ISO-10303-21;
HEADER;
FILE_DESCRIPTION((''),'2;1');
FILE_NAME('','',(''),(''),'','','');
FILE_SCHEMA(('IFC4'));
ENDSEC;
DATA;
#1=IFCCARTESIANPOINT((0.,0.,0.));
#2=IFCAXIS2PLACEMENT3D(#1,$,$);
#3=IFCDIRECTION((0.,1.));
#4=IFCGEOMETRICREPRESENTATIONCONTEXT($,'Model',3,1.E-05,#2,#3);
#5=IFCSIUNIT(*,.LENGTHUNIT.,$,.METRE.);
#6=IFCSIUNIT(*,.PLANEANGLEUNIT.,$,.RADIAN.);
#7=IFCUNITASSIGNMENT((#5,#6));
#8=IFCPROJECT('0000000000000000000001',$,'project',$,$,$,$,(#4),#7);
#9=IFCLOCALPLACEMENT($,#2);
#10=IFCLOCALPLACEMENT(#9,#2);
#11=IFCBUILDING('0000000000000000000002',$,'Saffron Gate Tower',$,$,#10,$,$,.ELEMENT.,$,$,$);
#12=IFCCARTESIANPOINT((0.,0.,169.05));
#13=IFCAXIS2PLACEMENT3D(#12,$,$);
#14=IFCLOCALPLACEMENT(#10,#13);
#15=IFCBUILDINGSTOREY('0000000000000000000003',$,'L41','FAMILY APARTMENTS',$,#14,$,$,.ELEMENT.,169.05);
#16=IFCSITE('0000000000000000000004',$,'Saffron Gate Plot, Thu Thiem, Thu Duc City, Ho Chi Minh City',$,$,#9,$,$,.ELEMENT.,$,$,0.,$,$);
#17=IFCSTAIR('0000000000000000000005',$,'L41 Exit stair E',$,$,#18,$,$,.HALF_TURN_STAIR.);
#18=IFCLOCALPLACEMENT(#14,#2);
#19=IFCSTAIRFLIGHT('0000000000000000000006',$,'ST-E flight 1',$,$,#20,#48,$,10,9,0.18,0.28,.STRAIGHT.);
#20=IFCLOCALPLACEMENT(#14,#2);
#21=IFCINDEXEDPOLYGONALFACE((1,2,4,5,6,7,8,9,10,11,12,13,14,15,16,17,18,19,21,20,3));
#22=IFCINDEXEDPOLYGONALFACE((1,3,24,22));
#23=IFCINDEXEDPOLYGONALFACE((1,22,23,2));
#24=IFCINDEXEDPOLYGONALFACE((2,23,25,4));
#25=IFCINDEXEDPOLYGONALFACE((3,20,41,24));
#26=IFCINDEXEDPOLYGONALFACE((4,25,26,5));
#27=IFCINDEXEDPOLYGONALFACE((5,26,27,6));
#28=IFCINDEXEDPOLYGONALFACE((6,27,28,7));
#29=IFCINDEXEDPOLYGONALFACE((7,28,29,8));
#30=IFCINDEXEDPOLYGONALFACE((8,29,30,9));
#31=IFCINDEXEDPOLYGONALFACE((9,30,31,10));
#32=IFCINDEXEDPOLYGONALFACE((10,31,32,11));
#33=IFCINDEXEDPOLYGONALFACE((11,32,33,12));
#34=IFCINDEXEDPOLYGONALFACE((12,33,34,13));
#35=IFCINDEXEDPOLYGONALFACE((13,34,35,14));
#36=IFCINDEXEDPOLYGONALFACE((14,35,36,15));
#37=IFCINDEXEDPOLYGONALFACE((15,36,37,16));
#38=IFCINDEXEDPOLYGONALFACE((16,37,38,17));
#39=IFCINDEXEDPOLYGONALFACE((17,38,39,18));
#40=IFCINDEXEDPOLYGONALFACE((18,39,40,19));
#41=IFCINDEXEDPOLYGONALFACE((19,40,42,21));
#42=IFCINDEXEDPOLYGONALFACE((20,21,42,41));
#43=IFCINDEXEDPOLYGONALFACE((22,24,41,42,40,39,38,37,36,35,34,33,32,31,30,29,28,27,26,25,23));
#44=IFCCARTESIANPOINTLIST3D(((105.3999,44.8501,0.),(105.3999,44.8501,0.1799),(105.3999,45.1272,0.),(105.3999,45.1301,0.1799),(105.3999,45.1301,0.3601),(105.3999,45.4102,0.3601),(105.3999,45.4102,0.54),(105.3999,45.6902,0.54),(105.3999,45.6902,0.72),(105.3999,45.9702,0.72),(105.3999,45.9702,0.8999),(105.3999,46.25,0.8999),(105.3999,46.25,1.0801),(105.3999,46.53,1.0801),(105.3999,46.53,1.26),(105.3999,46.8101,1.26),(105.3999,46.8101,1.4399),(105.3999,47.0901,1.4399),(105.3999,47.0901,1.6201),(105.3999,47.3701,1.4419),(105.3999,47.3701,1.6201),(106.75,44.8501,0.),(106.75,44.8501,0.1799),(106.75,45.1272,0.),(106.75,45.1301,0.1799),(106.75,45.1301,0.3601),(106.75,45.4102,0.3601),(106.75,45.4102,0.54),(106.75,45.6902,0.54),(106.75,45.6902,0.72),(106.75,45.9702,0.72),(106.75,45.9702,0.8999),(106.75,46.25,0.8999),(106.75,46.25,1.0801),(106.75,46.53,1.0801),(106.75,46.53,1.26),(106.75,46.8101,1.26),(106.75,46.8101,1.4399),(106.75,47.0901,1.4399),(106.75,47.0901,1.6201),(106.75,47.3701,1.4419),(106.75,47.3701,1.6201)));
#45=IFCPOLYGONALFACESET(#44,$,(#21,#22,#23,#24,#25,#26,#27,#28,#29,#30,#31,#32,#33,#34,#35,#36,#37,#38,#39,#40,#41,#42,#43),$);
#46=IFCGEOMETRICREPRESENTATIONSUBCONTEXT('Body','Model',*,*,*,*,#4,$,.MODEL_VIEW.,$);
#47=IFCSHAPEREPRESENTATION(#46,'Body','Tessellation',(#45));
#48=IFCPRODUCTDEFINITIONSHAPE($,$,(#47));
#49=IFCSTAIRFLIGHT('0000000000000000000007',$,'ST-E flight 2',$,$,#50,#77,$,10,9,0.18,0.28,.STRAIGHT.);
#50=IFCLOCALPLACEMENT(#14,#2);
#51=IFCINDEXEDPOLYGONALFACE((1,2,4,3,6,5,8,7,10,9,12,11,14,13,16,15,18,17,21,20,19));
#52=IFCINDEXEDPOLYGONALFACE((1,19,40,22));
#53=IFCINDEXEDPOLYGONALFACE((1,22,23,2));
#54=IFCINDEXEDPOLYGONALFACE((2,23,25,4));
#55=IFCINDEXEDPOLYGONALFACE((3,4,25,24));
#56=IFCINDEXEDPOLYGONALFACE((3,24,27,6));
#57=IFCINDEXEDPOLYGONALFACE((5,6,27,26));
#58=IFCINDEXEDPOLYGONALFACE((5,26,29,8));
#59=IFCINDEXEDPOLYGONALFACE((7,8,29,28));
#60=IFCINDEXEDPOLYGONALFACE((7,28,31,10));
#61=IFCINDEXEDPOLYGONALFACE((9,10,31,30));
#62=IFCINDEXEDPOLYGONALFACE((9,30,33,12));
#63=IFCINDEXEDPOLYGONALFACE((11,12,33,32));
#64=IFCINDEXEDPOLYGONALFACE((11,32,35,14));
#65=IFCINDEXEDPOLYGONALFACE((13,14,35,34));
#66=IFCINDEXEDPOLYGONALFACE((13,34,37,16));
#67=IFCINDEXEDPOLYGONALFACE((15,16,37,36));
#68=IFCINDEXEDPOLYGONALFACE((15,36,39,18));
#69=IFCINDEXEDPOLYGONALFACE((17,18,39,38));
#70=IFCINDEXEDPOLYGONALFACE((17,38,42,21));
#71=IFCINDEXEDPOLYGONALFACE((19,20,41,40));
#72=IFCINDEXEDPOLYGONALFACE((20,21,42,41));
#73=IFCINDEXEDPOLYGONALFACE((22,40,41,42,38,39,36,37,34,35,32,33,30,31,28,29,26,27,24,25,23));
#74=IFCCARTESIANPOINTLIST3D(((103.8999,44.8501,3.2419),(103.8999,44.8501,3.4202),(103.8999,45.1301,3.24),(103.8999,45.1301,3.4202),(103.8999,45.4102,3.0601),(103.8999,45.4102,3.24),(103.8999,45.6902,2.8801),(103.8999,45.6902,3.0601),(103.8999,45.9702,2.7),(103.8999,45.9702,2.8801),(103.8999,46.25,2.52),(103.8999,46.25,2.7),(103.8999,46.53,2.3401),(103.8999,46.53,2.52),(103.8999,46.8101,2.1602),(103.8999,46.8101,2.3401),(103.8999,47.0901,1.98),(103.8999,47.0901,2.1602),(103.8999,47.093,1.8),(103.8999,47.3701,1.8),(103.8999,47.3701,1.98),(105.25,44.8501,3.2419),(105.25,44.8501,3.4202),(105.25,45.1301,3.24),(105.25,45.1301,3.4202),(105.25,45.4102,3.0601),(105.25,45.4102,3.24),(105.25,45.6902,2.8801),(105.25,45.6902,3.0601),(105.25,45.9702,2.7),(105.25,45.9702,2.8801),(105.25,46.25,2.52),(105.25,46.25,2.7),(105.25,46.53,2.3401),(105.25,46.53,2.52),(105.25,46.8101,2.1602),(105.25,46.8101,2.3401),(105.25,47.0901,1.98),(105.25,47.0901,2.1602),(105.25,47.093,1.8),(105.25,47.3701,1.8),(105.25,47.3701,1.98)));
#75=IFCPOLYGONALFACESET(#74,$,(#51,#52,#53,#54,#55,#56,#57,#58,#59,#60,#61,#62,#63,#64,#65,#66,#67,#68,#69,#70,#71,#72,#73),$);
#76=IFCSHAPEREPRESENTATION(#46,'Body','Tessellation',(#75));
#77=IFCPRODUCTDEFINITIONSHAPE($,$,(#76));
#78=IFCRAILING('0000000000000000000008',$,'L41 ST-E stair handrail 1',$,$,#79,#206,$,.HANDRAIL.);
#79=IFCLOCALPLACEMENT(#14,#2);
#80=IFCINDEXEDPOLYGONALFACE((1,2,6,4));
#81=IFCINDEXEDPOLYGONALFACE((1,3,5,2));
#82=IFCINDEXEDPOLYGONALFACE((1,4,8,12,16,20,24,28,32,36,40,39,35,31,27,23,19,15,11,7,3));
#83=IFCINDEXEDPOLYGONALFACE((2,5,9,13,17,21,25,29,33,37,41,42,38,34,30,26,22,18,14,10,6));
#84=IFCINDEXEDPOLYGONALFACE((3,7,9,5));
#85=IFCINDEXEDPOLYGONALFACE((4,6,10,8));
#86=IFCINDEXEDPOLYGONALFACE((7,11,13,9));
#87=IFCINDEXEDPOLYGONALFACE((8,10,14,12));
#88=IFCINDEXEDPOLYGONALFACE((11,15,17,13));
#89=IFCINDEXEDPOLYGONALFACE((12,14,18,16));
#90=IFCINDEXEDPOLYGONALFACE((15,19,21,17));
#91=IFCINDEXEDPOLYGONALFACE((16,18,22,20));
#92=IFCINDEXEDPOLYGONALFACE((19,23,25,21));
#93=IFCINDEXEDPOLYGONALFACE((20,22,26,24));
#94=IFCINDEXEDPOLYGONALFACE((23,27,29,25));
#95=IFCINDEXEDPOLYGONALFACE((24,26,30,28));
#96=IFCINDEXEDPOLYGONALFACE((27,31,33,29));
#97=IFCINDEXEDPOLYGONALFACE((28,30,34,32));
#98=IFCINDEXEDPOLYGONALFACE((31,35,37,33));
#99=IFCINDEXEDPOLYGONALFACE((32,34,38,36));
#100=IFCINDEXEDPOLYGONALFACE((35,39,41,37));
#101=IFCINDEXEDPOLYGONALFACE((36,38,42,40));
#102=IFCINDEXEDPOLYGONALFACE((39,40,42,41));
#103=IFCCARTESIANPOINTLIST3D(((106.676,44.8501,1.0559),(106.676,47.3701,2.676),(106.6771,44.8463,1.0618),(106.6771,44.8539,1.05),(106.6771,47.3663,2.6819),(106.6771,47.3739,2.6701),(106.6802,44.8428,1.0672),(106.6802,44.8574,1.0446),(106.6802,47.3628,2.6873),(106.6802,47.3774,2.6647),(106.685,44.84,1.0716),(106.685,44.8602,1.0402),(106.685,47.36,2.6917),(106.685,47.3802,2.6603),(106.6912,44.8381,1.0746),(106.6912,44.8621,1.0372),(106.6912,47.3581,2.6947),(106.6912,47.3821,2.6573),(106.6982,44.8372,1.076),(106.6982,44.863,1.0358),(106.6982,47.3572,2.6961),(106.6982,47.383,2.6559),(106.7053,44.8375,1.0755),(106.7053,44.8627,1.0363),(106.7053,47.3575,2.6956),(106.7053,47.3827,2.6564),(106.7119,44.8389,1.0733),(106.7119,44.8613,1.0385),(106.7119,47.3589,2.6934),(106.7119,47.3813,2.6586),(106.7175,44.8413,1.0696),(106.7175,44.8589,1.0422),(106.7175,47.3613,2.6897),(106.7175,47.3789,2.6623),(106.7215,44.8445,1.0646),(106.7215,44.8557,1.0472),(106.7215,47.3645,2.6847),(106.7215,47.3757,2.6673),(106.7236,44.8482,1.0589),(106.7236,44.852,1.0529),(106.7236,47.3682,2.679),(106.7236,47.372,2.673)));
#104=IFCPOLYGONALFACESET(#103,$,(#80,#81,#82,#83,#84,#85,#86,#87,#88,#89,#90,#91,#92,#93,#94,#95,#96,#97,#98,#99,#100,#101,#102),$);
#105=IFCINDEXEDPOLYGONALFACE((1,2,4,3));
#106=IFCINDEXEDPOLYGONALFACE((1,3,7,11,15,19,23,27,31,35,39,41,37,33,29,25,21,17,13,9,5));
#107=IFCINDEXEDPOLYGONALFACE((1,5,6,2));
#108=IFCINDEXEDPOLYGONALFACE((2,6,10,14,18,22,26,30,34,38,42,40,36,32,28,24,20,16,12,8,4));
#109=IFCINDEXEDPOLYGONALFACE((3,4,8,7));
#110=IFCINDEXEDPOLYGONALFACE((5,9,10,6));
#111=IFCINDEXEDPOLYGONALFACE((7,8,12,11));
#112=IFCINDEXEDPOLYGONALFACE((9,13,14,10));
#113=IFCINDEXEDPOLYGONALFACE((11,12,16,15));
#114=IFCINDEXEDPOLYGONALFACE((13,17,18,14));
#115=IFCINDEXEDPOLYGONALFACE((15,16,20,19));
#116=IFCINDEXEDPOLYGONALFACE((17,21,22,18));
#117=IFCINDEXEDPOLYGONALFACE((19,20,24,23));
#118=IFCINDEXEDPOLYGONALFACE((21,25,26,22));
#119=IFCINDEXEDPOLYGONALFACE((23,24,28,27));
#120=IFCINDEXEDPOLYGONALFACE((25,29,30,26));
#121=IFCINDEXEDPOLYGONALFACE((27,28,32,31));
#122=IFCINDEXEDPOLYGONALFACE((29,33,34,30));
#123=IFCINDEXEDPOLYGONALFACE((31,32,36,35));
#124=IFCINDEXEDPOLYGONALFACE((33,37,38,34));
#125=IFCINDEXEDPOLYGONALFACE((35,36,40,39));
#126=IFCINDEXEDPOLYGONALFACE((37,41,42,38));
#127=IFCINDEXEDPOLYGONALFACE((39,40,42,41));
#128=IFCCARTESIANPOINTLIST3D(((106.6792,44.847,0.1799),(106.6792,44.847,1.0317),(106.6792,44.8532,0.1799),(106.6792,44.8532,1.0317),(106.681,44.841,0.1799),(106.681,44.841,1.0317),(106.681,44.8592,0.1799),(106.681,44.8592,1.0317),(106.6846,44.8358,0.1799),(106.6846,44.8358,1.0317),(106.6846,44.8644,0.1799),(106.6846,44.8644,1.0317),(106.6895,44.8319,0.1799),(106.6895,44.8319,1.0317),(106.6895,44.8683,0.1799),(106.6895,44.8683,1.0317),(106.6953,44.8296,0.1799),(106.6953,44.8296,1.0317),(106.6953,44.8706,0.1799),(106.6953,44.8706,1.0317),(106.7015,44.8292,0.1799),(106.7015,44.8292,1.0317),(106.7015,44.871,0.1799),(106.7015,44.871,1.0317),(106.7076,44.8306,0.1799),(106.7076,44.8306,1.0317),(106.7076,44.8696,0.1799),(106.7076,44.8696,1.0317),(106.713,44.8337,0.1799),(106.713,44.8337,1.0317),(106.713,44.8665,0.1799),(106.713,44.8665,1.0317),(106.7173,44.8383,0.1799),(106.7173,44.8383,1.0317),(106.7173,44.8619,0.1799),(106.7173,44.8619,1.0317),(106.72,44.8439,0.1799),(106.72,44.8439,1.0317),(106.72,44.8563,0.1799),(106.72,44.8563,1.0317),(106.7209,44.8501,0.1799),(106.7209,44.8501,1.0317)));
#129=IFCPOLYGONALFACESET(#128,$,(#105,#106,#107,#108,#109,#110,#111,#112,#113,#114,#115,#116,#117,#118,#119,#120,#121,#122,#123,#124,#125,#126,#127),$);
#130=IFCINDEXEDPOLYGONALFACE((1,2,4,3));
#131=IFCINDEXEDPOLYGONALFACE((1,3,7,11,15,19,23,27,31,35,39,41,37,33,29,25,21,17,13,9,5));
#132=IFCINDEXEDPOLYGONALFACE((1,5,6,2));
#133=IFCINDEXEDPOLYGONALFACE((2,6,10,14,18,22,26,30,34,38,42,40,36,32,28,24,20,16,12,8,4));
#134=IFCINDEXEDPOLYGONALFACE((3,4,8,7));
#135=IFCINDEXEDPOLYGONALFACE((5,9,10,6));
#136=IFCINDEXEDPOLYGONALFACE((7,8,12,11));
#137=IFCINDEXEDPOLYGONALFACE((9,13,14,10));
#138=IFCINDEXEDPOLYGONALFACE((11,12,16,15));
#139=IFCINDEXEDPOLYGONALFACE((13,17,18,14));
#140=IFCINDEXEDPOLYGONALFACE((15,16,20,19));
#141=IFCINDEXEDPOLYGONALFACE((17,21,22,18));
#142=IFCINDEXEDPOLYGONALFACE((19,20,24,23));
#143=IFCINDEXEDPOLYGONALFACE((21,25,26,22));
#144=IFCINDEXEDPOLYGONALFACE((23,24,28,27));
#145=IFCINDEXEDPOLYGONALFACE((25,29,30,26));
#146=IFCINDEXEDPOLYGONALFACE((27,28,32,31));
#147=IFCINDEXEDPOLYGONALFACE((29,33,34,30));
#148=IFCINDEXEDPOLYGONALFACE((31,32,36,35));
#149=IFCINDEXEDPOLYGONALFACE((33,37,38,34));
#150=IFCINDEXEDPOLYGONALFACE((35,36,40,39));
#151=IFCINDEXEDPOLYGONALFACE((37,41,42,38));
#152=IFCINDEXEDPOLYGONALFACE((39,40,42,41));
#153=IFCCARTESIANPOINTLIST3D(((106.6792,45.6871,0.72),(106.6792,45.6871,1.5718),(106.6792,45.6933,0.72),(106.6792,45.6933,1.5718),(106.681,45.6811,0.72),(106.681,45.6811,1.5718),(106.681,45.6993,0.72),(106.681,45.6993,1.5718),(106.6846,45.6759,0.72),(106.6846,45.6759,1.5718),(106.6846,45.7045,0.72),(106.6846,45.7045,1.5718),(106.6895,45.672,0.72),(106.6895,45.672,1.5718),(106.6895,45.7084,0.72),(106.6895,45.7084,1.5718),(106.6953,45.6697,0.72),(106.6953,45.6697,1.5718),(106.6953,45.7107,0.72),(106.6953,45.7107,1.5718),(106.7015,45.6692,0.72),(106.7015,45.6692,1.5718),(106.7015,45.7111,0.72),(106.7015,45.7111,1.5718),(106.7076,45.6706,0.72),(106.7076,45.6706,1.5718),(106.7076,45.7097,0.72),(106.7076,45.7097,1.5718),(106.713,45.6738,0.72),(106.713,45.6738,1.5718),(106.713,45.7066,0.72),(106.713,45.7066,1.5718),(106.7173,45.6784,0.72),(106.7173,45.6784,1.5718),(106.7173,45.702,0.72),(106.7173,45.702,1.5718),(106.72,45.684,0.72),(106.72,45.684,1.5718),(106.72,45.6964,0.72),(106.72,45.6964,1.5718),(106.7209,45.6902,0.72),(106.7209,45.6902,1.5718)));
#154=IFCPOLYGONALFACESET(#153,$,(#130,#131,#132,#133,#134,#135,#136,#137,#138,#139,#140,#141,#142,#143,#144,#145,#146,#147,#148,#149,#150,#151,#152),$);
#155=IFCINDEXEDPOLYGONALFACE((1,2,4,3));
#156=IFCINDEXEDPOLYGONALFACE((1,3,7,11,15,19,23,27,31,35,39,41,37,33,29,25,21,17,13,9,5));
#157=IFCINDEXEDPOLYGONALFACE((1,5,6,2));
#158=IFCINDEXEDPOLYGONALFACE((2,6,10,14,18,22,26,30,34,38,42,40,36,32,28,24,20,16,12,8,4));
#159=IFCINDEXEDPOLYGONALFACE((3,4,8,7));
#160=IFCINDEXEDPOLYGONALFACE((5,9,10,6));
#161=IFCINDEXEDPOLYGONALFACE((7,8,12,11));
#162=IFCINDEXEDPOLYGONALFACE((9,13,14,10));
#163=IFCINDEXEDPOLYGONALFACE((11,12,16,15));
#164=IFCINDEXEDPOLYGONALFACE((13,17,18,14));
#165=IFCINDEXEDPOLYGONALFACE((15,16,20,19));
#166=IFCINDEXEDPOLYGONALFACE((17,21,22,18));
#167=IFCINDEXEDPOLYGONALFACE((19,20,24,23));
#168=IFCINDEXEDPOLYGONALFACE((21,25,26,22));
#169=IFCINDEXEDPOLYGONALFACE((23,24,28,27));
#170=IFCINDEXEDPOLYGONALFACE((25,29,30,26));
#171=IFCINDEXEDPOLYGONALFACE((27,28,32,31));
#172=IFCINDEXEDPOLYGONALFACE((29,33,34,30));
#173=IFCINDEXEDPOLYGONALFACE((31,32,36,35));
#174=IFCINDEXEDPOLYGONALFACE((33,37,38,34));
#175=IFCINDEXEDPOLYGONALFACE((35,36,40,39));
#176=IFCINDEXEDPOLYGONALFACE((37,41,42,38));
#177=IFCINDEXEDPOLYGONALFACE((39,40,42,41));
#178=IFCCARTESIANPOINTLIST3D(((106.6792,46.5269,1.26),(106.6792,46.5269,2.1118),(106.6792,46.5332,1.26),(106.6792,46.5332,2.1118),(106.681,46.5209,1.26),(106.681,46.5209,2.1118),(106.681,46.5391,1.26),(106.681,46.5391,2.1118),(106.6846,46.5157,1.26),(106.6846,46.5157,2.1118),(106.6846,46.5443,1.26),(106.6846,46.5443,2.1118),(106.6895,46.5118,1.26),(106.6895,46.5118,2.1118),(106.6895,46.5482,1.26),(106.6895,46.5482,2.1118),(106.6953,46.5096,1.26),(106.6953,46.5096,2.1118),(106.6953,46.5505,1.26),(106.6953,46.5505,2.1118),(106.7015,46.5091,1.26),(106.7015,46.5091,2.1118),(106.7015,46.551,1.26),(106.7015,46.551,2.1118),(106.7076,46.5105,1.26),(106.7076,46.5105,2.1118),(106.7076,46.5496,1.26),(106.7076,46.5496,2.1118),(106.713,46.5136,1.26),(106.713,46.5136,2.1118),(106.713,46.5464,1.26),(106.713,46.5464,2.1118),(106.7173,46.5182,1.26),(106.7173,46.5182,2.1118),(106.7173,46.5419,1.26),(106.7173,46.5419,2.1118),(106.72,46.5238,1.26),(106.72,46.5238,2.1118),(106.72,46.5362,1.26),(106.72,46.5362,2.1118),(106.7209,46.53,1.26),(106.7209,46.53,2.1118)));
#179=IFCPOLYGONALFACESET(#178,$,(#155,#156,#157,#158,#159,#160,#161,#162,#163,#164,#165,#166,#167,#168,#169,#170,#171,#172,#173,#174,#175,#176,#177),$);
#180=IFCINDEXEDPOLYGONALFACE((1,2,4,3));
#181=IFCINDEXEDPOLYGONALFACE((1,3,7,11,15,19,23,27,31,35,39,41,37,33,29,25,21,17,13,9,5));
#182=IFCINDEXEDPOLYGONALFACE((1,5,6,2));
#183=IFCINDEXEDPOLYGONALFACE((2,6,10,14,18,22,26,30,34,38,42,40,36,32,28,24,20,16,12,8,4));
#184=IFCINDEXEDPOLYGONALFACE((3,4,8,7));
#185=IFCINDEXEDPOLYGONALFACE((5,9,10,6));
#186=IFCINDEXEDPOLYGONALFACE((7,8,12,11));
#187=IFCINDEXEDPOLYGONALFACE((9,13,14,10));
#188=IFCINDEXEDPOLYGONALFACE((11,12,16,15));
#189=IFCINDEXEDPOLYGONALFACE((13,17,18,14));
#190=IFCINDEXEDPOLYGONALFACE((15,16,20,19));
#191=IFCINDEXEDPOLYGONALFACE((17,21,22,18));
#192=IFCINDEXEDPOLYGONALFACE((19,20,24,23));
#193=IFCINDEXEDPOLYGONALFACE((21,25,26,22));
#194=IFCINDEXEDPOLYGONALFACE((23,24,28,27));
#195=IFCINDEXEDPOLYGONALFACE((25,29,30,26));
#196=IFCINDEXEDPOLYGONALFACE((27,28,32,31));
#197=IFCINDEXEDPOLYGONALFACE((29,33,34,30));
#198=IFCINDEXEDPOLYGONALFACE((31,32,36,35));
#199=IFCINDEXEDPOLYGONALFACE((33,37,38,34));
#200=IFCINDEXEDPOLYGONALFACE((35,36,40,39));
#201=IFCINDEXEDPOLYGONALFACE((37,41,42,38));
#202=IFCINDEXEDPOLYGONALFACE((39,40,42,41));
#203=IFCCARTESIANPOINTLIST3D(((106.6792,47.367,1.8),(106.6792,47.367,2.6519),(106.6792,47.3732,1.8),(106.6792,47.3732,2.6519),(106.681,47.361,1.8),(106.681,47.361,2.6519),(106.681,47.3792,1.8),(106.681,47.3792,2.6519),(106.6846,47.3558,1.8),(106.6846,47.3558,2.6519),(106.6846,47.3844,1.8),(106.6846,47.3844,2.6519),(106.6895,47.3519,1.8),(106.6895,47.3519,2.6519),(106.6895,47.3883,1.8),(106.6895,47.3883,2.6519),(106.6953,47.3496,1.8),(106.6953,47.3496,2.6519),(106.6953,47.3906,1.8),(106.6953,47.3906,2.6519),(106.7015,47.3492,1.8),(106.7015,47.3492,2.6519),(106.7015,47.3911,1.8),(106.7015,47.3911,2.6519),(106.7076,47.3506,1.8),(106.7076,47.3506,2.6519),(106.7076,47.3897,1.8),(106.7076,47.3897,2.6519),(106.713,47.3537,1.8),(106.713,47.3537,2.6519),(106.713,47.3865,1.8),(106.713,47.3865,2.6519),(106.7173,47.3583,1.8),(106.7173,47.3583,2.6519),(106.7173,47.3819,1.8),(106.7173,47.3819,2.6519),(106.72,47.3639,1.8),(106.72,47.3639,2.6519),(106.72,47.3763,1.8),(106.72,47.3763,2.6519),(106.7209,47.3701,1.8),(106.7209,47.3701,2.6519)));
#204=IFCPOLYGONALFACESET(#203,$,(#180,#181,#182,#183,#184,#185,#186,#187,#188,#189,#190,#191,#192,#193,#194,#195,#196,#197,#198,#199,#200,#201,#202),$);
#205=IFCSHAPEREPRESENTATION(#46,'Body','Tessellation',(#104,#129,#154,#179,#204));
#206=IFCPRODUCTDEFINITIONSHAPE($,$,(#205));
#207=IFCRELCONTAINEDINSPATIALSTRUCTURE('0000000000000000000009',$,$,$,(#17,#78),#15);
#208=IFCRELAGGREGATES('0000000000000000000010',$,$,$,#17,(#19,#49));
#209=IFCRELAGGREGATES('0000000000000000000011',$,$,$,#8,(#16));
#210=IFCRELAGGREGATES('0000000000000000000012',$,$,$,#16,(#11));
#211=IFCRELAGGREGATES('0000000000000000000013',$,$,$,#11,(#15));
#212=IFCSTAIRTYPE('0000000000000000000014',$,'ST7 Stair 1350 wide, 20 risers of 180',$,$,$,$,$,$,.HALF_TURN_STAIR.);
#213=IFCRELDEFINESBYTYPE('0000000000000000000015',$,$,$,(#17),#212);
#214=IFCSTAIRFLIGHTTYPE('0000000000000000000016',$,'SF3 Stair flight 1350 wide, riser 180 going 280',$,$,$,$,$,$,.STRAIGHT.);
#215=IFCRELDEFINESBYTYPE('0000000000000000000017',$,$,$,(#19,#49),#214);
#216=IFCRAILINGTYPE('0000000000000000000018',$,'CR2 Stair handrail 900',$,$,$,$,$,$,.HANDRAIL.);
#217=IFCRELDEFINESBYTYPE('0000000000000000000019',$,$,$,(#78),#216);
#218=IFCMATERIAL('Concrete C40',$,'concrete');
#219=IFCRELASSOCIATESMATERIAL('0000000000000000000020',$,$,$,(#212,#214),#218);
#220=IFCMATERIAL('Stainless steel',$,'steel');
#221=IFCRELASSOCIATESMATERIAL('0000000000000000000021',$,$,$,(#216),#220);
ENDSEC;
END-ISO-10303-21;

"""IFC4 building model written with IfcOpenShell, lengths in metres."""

from ifc_helpers import new_model, si_unit, direction, frame, origin, origin_2d, place, context, subcontext, project, spatial, polyline, circle, outline, extrude, material, type_object, element, aggregate, save


model = new_model("IFC4")

# Units and contexts
model_context = context("Model", 3, precision=1e-05, world=origin(), true_north=direction((0.0, 1.0)))
body_context = subcontext(model_context, "Body", "Model", "MODEL_VIEW")
ifc_project = project(units=[si_unit("LENGTHUNIT", "METRE"), si_unit("PLANEANGLEUNIT", "RADIAN")], contexts=[model_context])

# Site, building, storey
site_placement = place(None, origin())
site = spatial("IfcSite", under=ifc_project, at=site_placement, Name="Saffron Gate Plot, Thu Thiem, Thu Duc City, Ho Chi Minh City", CompositionType="ELEMENT", RefElevation=0.0)
building_placement = place(site_placement, origin())
building = spatial("IfcBuilding", under=site, at=building_placement, Name="Saffron Gate Tower", CompositionType="ELEMENT")
storey_placement = place(building_placement, frame((0.0, 0.0, 169.05)))
storey = spatial("IfcBuildingStorey", under=building, at=storey_placement, Name="L41", Description="FAMILY APARTMENTS", CompositionType="ELEMENT", Elevation=169.05)

# Stair, stair flights
ifc_material_1 = material(Name="Concrete C40", Category="concrete")
stair_type = type_object("IfcStairType", Name="ST7 Stair 1350 wide, 20 risers of 180", PredefinedType="HALF_TURN_STAIR", material=ifc_material_1)
stair_placement = place(storey_placement, origin())
stair = element("IfcStair", 1, at=stair_placement, inside=storey, type_object=stair_type, Name="L41 Exit stair E", PredefinedType="HALF_TURN_STAIR")
stair_flight_type = type_object("IfcStairFlightType", Name="SF3 Stair flight 1350 wide, riser 180 going 280", PredefinedType="STRAIGHT", material=ifc_material_1)
stair_flight_1_placement = place(storey_placement, frame((106.075, 44.8501, 0.0), z_axis=(0.0, 0.0, 1.0), x_axis=(0.0, 1.0, 0.0)))
stair_flight_1 = element("IfcStairFlight", 2, at=stair_flight_1_placement, type_object=stair_flight_type, Name="ST-E flight 1", NumberOfRisers=10, NumberOfTreads=9, PredefinedType="STRAIGHT", RiserHeight=0.18, TreadLength=0.28, context=body_context, shape_type="SweptSolid", body=[
    extrude(outline(polyline([(0.0, 0.0), (0.0, 0.1799), (0.28, 0.1799), (0.28, 0.3601), (0.5601, 0.3601), (0.5601, 0.54), (0.8401, 0.54), (0.8401, 0.72), (1.1201, 0.72), (1.1201, 0.8999), (1.3999, 0.8999), (1.3999, 1.0801), (1.6799, 1.0801), (1.6799, 1.26), (1.96, 1.26), (1.96, 1.4399), (2.24, 1.4399), (2.24, 1.6201), (2.52, 1.6201), (2.52, 1.8), (2.52, 1.4419), (0.2771, 0.0), (0.0, 0.0)])), frame((0.0, 0.675, 0.0), z_axis=(0.0, -1.0, 0.0), x_axis=(1.0, 0.0, 0.0)), (0.0, 0.0, 1.0), 1.3501),
])
stair_flight_2_placement = place(storey_placement, frame((104.575, 47.3701, 1.8), z_axis=(0.0, 0.0, 1.0), x_axis=(0.0, -1.0, 0.0)))
stair_flight_2 = element("IfcStairFlight", 3, at=stair_flight_2_placement, type_object=stair_flight_type, Name="ST-E flight 2", NumberOfRisers=10, NumberOfTreads=9, PredefinedType="STRAIGHT", RiserHeight=0.18, TreadLength=0.28, context=body_context, shape_type="SweptSolid", body=[
    extrude(outline(polyline([(0.0, 0.0), (0.0, 0.1799), (0.28, 0.1799), (0.28, 0.3601), (0.5601, 0.3601), (0.5601, 0.54), (0.8401, 0.54), (0.8401, 0.72), (1.1201, 0.72), (1.1201, 0.8999), (1.3999, 0.8999), (1.3999, 1.0801), (1.6799, 1.0801), (1.6799, 1.26), (1.96, 1.26), (1.96, 1.4399), (2.24, 1.4399), (2.24, 1.6201), (2.52, 1.6201), (2.52, 1.8), (2.52, 1.4419), (0.2771, 0.0), (0.0, 0.0)])), frame((0.0, 0.675, 0.0), z_axis=(0.0, -1.0, 0.0), x_axis=(1.0, 0.0, 0.0)), (0.0, 0.0, 1.0), 1.3501),
])
aggregate(stair, [stair_flight_1, stair_flight_2])

# Railing
ifc_material_2 = material(Name="Stainless steel", Category="steel")
railing_type_1 = type_object("IfcRailingType", Name="CR2 Stair handrail 900", PredefinedType="HANDRAIL", material=ifc_material_2)
railing_1_placement = place(storey_placement, frame((106.7, 44.8501, 0.1799)))
element("IfcRailing", 4, at=railing_1_placement, inside=storey, type_object=railing_type_1, Name="L41 ST-E stair handrail 1", PredefinedType="HANDRAIL", context=body_context, shape_type="SweptSolid", body=[
    extrude(circle(Radius=0.0239, at=origin_2d()), frame((0.0, 0.0, 0.876), z_axis=(0.0, 0.841163, 0.540782), x_axis=(-1.0, 0.0, 0.0)), (0.0, 0.0, 1.0), 2.9958),
    extrude(circle(Radius=0.021, at=origin_2d()), origin(), (0.0, 0.0, 1.0), 0.8518),
    extrude(circle(Radius=0.021, at=origin_2d()), frame((0.0, 0.8401, 0.54)), (0.0, 0.0, 1.0), 0.8518),
    extrude(circle(Radius=0.021, at=origin_2d()), frame((0.0, 1.6799, 1.0801)), (0.0, 0.0, 1.0), 0.8518),
    extrude(circle(Radius=0.021, at=origin_2d()), frame((0.0, 2.52, 1.6201)), (0.0, 0.0, 1.0), 0.8518),
])

save(model, "model.ifc")
